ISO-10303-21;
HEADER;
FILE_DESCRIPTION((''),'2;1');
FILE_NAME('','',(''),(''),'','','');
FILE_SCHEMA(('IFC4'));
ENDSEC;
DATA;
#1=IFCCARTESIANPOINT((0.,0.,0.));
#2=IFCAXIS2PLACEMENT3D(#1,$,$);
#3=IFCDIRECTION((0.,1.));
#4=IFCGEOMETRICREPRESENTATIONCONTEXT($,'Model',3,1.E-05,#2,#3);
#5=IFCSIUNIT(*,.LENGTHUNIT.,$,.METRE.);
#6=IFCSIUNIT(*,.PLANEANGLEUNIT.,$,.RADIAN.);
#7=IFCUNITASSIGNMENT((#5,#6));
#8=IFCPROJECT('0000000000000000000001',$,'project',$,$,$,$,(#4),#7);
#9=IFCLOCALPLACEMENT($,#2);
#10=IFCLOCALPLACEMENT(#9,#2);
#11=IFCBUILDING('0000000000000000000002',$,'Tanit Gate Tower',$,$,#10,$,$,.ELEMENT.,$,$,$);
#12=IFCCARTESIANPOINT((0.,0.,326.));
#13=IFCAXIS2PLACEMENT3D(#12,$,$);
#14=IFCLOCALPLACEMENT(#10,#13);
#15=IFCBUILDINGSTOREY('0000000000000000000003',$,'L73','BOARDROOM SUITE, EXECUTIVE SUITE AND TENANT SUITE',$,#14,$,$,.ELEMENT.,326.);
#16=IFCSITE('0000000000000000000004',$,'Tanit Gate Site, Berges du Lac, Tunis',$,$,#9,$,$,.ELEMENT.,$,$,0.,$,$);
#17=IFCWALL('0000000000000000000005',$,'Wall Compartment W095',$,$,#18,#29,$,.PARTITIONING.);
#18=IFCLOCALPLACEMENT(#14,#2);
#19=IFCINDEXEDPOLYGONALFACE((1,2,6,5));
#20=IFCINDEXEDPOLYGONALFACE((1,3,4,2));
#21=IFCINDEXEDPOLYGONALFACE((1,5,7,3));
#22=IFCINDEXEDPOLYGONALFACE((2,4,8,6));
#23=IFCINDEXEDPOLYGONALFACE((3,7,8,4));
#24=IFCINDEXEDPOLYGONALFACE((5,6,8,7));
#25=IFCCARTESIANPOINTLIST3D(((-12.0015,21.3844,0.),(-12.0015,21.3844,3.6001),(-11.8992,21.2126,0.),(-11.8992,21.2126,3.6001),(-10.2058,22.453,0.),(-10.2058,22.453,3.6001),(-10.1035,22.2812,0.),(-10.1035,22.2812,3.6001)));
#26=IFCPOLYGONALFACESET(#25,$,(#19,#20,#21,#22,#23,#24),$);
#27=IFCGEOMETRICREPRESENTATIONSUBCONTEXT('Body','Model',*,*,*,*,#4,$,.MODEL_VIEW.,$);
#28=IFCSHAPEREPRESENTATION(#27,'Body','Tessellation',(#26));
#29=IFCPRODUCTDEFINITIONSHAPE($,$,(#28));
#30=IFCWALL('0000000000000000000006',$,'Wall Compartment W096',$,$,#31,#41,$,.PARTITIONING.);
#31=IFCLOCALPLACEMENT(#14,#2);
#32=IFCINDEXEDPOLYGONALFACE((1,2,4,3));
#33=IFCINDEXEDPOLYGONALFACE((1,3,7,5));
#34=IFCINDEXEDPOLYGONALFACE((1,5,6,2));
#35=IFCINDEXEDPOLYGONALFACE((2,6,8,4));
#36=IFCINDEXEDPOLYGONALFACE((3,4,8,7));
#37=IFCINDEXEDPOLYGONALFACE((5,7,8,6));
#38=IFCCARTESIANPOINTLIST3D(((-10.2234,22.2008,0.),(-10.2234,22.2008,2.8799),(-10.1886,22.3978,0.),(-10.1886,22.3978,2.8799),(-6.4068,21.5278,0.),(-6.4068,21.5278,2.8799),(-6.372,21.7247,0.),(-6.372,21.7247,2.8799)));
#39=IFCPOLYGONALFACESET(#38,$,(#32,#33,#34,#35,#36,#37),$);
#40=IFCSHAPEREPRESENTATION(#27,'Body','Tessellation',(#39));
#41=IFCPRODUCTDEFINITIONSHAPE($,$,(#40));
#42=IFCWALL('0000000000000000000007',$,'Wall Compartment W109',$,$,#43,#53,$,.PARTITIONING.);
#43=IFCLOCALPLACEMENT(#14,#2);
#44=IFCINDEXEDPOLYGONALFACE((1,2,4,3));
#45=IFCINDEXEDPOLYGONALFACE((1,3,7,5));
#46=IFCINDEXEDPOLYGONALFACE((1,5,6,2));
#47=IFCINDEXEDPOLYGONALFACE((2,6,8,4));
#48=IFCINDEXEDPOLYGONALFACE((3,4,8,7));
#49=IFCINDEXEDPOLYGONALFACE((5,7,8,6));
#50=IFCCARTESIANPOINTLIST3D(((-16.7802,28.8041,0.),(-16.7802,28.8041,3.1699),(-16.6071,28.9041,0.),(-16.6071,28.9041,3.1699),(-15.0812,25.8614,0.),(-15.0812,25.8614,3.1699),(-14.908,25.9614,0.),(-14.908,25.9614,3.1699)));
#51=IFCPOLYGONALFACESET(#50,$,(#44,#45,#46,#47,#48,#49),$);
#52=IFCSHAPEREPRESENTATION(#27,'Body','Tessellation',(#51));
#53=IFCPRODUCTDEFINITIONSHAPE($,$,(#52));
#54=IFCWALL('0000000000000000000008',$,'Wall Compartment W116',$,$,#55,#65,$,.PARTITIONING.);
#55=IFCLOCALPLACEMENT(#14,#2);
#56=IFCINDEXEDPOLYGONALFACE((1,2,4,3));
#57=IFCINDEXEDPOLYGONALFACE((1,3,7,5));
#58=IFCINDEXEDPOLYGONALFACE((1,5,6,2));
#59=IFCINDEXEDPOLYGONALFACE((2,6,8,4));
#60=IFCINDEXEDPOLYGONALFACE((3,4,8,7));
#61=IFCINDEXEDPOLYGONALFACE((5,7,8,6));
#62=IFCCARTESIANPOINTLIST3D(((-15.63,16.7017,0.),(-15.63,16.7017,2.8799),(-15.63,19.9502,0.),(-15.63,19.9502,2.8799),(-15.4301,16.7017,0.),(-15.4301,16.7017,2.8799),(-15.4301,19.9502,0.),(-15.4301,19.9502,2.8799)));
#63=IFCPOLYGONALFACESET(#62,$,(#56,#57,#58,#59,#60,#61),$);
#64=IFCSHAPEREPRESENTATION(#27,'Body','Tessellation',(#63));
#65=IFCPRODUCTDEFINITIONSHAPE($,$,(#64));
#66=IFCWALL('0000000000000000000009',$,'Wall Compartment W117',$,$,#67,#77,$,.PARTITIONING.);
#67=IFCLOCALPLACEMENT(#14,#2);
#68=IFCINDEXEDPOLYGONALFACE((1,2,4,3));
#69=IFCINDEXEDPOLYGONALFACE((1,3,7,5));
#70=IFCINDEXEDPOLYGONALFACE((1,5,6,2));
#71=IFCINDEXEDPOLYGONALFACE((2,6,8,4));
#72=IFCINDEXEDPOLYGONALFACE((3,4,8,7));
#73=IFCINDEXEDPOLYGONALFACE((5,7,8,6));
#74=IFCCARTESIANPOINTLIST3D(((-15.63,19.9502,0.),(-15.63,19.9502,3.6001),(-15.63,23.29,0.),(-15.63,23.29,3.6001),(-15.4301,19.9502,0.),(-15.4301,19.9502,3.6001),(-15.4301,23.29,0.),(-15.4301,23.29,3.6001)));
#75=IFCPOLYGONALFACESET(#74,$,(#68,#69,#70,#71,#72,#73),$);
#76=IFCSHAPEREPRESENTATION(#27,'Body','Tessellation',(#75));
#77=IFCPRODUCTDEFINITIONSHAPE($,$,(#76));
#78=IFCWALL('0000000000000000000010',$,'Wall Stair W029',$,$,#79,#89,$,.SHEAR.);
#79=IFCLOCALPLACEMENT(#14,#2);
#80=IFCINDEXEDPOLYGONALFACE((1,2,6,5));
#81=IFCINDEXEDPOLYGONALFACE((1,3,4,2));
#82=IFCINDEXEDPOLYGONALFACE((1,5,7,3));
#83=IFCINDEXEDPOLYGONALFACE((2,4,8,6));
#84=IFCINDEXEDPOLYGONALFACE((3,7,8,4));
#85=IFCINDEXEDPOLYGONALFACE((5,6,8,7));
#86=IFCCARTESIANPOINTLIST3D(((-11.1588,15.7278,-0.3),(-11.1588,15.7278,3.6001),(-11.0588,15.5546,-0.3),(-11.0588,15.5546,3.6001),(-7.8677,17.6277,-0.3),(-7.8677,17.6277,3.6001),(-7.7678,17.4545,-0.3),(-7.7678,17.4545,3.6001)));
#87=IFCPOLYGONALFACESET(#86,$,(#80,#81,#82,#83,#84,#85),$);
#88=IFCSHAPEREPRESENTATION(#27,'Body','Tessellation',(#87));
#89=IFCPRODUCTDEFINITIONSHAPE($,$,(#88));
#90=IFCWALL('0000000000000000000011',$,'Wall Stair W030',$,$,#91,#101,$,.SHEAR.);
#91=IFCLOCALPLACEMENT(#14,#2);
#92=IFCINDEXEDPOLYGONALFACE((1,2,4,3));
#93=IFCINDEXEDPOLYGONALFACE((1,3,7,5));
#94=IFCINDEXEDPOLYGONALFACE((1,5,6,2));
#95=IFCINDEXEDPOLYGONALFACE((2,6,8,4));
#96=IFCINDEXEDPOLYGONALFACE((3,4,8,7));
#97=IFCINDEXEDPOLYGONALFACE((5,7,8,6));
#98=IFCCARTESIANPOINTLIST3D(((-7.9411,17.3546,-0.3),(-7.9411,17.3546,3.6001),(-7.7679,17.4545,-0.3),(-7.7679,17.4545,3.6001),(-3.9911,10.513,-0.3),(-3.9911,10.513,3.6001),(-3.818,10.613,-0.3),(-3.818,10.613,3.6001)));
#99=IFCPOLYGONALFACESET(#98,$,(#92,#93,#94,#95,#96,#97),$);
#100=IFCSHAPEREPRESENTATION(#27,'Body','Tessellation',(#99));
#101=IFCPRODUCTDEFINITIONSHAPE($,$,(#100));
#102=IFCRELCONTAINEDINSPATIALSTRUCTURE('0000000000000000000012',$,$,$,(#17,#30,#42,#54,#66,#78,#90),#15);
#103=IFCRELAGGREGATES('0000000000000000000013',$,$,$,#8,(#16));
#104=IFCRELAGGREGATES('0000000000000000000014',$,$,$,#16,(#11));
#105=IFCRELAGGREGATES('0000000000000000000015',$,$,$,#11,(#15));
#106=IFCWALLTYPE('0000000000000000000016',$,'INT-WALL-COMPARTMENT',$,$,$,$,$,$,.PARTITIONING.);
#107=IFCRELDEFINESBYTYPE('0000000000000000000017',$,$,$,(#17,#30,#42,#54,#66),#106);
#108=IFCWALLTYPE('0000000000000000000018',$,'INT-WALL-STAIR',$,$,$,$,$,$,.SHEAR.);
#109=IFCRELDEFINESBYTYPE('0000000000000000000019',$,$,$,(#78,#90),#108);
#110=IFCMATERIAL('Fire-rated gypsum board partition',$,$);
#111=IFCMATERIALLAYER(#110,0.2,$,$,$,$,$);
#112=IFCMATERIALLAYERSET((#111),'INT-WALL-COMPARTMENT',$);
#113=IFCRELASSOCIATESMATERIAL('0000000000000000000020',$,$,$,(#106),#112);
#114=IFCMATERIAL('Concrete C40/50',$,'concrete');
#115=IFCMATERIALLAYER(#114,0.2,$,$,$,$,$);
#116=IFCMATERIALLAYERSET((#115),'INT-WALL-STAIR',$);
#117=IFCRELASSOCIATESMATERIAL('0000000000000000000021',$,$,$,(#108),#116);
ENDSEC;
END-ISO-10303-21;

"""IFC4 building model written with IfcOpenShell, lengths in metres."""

from ifc_helpers import new_model, si_unit, direction, frame, frame_2d, origin, place, context, subcontext, project, spatial, rectangle, extrude, material, layer, layer_set, type_object, element, save


model = new_model("IFC4")

# Units and contexts
model_context = context("Model", 3, precision=1e-05, world=origin(), true_north=direction((0.0, 1.0)))
body_context = subcontext(model_context, "Body", "Model", "MODEL_VIEW")
ifc_project = project(units=[si_unit("LENGTHUNIT", "METRE"), si_unit("PLANEANGLEUNIT", "RADIAN")], contexts=[model_context])

# Site, building, storey
site_placement = place(None, origin())
site = spatial("IfcSite", under=ifc_project, at=site_placement, Name="Tanit Gate Site, Berges du Lac, Tunis", CompositionType="ELEMENT", RefElevation=0.0)
building_placement = place(site_placement, origin())
building = spatial("IfcBuilding", under=site, at=building_placement, Name="Tanit Gate Tower", CompositionType="ELEMENT")
storey_placement = place(building_placement, frame((0.0, 0.0, 326.0)))
storey = spatial("IfcBuildingStorey", under=building, at=storey_placement, Name="L73", Description="BOARDROOM SUITE, EXECUTIVE SUITE AND TENANT SUITE", CompositionType="ELEMENT", Elevation=326.0)

# Walls
ifc_material_1 = material(Name="Fire-rated gypsum board partition")
ifc_layer_1 = layer(ifc_material_1, 0.2)
ifc_layer_set_1 = layer_set([ifc_layer_1], Name="INT-WALL-COMPARTMENT")
wall_type_1 = type_object("IfcWallType", Name="INT-WALL-COMPARTMENT", PredefinedType="PARTITIONING", material=ifc_layer_set_1)
wall_1_placement = place(storey_placement, frame((-10.1545, 22.3672, 0.0), z_axis=(0.0, 0.0, 1.0), x_axis=(-0.859343, -0.5114, 0.0)))
element("IfcWall", 1, at=wall_1_placement, inside=storey, type_object=wall_type_1, Name="Wall Compartment W095", PredefinedType="PARTITIONING", context=body_context, shape_type="SweptSolid", body=[
    extrude(rectangle(XDim=2.0896, YDim=0.2, at=frame_2d((1.0449, 0.0))), origin(), (0.0, 0.0, 1.0), 3.6001),
])
wall_2_placement = place(storey_placement, frame((-6.3894, 21.6262, 0.0), z_axis=(0.0, 0.0, 1.0), x_axis=(-0.984803, 0.173678, 0.0)))
element("IfcWall", 2, at=wall_2_placement, inside=storey, type_object=wall_type_1, Name="Wall Compartment W096", PredefinedType="PARTITIONING", context=body_context, shape_type="SweptSolid", body=[
    extrude(rectangle(XDim=3.8755, YDim=0.2, at=frame_2d((1.9377, 0.0))), origin(), (0.0, 0.0, 1.0), 2.8799),
])
wall_3_placement = place(storey_placement, frame((-14.9946, 25.9114, 0.0), z_axis=(0.0, 0.0, 1.0), x_axis=(-0.500011, 0.866019, 0.0)))
element("IfcWall", 3, at=wall_3_placement, inside=storey, type_object=wall_type_1, Name="Wall Compartment W109", PredefinedType="PARTITIONING", context=body_context, shape_type="SweptSolid", body=[
    extrude(rectangle(XDim=3.3979, YDim=0.2, at=frame_2d((1.699, 0.0))), origin(), (0.0, 0.0, 1.0), 3.1699),
])
wall_4_placement = place(storey_placement, frame((-15.53, 16.7017, 0.0), z_axis=(0.0, 0.0, 1.0), x_axis=(0.0, 1.0, 0.0)))
element("IfcWall", 4, at=wall_4_placement, inside=storey, type_object=wall_type_1, Name="Wall Compartment W116", PredefinedType="PARTITIONING", context=body_context, shape_type="SweptSolid", body=[
    extrude(rectangle(XDim=3.2485, YDim=0.2, at=frame_2d((1.6243, 0.0))), origin(), (0.0, 0.0, 1.0), 2.8799),
])
wall_5_placement = place(storey_placement, frame((-15.53, 19.9502, 0.0), z_axis=(0.0, 0.0, 1.0), x_axis=(0.0, 1.0, 0.0)))
element("IfcWall", 5, at=wall_5_placement, inside=storey, type_object=wall_type_1, Name="Wall Compartment W117", PredefinedType="PARTITIONING", context=body_context, shape_type="SweptSolid", body=[
    extrude(rectangle(XDim=3.3398, YDim=0.2, at=frame_2d((1.6699, 0.0))), origin(), (0.0, 0.0, 1.0), 3.6001),
])
ifc_material_2 = material(Name="Concrete C40/50", Category="concrete")
ifc_layer_2 = layer(ifc_material_2, 0.2)
ifc_layer_set_2 = layer_set([ifc_layer_2], Name="INT-WALL-STAIR")
wall_type_2 = type_object("IfcWallType", Name="INT-WALL-STAIR", PredefinedType="SHEAR", material=ifc_layer_set_2)
wall_6_placement = place(storey_placement, frame((-7.8179, 17.541, -0.3), z_axis=(0.0, 0.0, 1.0), x_axis=(-0.866044, -0.499967, 0.0)))
element("IfcWall", 6, at=wall_6_placement, inside=storey, type_object=wall_type_2, Name="Wall Stair W029", PredefinedType="SHEAR", context=body_context, shape_type="SweptSolid", body=[
    extrude(rectangle(XDim=3.8, YDim=0.2, at=frame_2d((1.8999, 0.0))), origin(), (0.0, 0.0, 1.0), 3.9001),
])
wall_7_placement = place(storey_placement, frame((-7.8545, 17.4045, -0.3), z_axis=(0.0, 0.0, 1.0), x_axis=(0.499998, -0.866027, 0.0)))
element("IfcWall", 7, at=wall_7_placement, inside=storey, type_object=wall_type_2, Name="Wall Stair W030", PredefinedType="SHEAR", context=body_context, shape_type="SweptSolid", body=[
    extrude(rectangle(XDim=7.8999, YDim=0.2, at=frame_2d((3.95, 0.0))), origin(), (0.0, 0.0, 1.0), 3.9001),
])

save(model, "model.ifc")
